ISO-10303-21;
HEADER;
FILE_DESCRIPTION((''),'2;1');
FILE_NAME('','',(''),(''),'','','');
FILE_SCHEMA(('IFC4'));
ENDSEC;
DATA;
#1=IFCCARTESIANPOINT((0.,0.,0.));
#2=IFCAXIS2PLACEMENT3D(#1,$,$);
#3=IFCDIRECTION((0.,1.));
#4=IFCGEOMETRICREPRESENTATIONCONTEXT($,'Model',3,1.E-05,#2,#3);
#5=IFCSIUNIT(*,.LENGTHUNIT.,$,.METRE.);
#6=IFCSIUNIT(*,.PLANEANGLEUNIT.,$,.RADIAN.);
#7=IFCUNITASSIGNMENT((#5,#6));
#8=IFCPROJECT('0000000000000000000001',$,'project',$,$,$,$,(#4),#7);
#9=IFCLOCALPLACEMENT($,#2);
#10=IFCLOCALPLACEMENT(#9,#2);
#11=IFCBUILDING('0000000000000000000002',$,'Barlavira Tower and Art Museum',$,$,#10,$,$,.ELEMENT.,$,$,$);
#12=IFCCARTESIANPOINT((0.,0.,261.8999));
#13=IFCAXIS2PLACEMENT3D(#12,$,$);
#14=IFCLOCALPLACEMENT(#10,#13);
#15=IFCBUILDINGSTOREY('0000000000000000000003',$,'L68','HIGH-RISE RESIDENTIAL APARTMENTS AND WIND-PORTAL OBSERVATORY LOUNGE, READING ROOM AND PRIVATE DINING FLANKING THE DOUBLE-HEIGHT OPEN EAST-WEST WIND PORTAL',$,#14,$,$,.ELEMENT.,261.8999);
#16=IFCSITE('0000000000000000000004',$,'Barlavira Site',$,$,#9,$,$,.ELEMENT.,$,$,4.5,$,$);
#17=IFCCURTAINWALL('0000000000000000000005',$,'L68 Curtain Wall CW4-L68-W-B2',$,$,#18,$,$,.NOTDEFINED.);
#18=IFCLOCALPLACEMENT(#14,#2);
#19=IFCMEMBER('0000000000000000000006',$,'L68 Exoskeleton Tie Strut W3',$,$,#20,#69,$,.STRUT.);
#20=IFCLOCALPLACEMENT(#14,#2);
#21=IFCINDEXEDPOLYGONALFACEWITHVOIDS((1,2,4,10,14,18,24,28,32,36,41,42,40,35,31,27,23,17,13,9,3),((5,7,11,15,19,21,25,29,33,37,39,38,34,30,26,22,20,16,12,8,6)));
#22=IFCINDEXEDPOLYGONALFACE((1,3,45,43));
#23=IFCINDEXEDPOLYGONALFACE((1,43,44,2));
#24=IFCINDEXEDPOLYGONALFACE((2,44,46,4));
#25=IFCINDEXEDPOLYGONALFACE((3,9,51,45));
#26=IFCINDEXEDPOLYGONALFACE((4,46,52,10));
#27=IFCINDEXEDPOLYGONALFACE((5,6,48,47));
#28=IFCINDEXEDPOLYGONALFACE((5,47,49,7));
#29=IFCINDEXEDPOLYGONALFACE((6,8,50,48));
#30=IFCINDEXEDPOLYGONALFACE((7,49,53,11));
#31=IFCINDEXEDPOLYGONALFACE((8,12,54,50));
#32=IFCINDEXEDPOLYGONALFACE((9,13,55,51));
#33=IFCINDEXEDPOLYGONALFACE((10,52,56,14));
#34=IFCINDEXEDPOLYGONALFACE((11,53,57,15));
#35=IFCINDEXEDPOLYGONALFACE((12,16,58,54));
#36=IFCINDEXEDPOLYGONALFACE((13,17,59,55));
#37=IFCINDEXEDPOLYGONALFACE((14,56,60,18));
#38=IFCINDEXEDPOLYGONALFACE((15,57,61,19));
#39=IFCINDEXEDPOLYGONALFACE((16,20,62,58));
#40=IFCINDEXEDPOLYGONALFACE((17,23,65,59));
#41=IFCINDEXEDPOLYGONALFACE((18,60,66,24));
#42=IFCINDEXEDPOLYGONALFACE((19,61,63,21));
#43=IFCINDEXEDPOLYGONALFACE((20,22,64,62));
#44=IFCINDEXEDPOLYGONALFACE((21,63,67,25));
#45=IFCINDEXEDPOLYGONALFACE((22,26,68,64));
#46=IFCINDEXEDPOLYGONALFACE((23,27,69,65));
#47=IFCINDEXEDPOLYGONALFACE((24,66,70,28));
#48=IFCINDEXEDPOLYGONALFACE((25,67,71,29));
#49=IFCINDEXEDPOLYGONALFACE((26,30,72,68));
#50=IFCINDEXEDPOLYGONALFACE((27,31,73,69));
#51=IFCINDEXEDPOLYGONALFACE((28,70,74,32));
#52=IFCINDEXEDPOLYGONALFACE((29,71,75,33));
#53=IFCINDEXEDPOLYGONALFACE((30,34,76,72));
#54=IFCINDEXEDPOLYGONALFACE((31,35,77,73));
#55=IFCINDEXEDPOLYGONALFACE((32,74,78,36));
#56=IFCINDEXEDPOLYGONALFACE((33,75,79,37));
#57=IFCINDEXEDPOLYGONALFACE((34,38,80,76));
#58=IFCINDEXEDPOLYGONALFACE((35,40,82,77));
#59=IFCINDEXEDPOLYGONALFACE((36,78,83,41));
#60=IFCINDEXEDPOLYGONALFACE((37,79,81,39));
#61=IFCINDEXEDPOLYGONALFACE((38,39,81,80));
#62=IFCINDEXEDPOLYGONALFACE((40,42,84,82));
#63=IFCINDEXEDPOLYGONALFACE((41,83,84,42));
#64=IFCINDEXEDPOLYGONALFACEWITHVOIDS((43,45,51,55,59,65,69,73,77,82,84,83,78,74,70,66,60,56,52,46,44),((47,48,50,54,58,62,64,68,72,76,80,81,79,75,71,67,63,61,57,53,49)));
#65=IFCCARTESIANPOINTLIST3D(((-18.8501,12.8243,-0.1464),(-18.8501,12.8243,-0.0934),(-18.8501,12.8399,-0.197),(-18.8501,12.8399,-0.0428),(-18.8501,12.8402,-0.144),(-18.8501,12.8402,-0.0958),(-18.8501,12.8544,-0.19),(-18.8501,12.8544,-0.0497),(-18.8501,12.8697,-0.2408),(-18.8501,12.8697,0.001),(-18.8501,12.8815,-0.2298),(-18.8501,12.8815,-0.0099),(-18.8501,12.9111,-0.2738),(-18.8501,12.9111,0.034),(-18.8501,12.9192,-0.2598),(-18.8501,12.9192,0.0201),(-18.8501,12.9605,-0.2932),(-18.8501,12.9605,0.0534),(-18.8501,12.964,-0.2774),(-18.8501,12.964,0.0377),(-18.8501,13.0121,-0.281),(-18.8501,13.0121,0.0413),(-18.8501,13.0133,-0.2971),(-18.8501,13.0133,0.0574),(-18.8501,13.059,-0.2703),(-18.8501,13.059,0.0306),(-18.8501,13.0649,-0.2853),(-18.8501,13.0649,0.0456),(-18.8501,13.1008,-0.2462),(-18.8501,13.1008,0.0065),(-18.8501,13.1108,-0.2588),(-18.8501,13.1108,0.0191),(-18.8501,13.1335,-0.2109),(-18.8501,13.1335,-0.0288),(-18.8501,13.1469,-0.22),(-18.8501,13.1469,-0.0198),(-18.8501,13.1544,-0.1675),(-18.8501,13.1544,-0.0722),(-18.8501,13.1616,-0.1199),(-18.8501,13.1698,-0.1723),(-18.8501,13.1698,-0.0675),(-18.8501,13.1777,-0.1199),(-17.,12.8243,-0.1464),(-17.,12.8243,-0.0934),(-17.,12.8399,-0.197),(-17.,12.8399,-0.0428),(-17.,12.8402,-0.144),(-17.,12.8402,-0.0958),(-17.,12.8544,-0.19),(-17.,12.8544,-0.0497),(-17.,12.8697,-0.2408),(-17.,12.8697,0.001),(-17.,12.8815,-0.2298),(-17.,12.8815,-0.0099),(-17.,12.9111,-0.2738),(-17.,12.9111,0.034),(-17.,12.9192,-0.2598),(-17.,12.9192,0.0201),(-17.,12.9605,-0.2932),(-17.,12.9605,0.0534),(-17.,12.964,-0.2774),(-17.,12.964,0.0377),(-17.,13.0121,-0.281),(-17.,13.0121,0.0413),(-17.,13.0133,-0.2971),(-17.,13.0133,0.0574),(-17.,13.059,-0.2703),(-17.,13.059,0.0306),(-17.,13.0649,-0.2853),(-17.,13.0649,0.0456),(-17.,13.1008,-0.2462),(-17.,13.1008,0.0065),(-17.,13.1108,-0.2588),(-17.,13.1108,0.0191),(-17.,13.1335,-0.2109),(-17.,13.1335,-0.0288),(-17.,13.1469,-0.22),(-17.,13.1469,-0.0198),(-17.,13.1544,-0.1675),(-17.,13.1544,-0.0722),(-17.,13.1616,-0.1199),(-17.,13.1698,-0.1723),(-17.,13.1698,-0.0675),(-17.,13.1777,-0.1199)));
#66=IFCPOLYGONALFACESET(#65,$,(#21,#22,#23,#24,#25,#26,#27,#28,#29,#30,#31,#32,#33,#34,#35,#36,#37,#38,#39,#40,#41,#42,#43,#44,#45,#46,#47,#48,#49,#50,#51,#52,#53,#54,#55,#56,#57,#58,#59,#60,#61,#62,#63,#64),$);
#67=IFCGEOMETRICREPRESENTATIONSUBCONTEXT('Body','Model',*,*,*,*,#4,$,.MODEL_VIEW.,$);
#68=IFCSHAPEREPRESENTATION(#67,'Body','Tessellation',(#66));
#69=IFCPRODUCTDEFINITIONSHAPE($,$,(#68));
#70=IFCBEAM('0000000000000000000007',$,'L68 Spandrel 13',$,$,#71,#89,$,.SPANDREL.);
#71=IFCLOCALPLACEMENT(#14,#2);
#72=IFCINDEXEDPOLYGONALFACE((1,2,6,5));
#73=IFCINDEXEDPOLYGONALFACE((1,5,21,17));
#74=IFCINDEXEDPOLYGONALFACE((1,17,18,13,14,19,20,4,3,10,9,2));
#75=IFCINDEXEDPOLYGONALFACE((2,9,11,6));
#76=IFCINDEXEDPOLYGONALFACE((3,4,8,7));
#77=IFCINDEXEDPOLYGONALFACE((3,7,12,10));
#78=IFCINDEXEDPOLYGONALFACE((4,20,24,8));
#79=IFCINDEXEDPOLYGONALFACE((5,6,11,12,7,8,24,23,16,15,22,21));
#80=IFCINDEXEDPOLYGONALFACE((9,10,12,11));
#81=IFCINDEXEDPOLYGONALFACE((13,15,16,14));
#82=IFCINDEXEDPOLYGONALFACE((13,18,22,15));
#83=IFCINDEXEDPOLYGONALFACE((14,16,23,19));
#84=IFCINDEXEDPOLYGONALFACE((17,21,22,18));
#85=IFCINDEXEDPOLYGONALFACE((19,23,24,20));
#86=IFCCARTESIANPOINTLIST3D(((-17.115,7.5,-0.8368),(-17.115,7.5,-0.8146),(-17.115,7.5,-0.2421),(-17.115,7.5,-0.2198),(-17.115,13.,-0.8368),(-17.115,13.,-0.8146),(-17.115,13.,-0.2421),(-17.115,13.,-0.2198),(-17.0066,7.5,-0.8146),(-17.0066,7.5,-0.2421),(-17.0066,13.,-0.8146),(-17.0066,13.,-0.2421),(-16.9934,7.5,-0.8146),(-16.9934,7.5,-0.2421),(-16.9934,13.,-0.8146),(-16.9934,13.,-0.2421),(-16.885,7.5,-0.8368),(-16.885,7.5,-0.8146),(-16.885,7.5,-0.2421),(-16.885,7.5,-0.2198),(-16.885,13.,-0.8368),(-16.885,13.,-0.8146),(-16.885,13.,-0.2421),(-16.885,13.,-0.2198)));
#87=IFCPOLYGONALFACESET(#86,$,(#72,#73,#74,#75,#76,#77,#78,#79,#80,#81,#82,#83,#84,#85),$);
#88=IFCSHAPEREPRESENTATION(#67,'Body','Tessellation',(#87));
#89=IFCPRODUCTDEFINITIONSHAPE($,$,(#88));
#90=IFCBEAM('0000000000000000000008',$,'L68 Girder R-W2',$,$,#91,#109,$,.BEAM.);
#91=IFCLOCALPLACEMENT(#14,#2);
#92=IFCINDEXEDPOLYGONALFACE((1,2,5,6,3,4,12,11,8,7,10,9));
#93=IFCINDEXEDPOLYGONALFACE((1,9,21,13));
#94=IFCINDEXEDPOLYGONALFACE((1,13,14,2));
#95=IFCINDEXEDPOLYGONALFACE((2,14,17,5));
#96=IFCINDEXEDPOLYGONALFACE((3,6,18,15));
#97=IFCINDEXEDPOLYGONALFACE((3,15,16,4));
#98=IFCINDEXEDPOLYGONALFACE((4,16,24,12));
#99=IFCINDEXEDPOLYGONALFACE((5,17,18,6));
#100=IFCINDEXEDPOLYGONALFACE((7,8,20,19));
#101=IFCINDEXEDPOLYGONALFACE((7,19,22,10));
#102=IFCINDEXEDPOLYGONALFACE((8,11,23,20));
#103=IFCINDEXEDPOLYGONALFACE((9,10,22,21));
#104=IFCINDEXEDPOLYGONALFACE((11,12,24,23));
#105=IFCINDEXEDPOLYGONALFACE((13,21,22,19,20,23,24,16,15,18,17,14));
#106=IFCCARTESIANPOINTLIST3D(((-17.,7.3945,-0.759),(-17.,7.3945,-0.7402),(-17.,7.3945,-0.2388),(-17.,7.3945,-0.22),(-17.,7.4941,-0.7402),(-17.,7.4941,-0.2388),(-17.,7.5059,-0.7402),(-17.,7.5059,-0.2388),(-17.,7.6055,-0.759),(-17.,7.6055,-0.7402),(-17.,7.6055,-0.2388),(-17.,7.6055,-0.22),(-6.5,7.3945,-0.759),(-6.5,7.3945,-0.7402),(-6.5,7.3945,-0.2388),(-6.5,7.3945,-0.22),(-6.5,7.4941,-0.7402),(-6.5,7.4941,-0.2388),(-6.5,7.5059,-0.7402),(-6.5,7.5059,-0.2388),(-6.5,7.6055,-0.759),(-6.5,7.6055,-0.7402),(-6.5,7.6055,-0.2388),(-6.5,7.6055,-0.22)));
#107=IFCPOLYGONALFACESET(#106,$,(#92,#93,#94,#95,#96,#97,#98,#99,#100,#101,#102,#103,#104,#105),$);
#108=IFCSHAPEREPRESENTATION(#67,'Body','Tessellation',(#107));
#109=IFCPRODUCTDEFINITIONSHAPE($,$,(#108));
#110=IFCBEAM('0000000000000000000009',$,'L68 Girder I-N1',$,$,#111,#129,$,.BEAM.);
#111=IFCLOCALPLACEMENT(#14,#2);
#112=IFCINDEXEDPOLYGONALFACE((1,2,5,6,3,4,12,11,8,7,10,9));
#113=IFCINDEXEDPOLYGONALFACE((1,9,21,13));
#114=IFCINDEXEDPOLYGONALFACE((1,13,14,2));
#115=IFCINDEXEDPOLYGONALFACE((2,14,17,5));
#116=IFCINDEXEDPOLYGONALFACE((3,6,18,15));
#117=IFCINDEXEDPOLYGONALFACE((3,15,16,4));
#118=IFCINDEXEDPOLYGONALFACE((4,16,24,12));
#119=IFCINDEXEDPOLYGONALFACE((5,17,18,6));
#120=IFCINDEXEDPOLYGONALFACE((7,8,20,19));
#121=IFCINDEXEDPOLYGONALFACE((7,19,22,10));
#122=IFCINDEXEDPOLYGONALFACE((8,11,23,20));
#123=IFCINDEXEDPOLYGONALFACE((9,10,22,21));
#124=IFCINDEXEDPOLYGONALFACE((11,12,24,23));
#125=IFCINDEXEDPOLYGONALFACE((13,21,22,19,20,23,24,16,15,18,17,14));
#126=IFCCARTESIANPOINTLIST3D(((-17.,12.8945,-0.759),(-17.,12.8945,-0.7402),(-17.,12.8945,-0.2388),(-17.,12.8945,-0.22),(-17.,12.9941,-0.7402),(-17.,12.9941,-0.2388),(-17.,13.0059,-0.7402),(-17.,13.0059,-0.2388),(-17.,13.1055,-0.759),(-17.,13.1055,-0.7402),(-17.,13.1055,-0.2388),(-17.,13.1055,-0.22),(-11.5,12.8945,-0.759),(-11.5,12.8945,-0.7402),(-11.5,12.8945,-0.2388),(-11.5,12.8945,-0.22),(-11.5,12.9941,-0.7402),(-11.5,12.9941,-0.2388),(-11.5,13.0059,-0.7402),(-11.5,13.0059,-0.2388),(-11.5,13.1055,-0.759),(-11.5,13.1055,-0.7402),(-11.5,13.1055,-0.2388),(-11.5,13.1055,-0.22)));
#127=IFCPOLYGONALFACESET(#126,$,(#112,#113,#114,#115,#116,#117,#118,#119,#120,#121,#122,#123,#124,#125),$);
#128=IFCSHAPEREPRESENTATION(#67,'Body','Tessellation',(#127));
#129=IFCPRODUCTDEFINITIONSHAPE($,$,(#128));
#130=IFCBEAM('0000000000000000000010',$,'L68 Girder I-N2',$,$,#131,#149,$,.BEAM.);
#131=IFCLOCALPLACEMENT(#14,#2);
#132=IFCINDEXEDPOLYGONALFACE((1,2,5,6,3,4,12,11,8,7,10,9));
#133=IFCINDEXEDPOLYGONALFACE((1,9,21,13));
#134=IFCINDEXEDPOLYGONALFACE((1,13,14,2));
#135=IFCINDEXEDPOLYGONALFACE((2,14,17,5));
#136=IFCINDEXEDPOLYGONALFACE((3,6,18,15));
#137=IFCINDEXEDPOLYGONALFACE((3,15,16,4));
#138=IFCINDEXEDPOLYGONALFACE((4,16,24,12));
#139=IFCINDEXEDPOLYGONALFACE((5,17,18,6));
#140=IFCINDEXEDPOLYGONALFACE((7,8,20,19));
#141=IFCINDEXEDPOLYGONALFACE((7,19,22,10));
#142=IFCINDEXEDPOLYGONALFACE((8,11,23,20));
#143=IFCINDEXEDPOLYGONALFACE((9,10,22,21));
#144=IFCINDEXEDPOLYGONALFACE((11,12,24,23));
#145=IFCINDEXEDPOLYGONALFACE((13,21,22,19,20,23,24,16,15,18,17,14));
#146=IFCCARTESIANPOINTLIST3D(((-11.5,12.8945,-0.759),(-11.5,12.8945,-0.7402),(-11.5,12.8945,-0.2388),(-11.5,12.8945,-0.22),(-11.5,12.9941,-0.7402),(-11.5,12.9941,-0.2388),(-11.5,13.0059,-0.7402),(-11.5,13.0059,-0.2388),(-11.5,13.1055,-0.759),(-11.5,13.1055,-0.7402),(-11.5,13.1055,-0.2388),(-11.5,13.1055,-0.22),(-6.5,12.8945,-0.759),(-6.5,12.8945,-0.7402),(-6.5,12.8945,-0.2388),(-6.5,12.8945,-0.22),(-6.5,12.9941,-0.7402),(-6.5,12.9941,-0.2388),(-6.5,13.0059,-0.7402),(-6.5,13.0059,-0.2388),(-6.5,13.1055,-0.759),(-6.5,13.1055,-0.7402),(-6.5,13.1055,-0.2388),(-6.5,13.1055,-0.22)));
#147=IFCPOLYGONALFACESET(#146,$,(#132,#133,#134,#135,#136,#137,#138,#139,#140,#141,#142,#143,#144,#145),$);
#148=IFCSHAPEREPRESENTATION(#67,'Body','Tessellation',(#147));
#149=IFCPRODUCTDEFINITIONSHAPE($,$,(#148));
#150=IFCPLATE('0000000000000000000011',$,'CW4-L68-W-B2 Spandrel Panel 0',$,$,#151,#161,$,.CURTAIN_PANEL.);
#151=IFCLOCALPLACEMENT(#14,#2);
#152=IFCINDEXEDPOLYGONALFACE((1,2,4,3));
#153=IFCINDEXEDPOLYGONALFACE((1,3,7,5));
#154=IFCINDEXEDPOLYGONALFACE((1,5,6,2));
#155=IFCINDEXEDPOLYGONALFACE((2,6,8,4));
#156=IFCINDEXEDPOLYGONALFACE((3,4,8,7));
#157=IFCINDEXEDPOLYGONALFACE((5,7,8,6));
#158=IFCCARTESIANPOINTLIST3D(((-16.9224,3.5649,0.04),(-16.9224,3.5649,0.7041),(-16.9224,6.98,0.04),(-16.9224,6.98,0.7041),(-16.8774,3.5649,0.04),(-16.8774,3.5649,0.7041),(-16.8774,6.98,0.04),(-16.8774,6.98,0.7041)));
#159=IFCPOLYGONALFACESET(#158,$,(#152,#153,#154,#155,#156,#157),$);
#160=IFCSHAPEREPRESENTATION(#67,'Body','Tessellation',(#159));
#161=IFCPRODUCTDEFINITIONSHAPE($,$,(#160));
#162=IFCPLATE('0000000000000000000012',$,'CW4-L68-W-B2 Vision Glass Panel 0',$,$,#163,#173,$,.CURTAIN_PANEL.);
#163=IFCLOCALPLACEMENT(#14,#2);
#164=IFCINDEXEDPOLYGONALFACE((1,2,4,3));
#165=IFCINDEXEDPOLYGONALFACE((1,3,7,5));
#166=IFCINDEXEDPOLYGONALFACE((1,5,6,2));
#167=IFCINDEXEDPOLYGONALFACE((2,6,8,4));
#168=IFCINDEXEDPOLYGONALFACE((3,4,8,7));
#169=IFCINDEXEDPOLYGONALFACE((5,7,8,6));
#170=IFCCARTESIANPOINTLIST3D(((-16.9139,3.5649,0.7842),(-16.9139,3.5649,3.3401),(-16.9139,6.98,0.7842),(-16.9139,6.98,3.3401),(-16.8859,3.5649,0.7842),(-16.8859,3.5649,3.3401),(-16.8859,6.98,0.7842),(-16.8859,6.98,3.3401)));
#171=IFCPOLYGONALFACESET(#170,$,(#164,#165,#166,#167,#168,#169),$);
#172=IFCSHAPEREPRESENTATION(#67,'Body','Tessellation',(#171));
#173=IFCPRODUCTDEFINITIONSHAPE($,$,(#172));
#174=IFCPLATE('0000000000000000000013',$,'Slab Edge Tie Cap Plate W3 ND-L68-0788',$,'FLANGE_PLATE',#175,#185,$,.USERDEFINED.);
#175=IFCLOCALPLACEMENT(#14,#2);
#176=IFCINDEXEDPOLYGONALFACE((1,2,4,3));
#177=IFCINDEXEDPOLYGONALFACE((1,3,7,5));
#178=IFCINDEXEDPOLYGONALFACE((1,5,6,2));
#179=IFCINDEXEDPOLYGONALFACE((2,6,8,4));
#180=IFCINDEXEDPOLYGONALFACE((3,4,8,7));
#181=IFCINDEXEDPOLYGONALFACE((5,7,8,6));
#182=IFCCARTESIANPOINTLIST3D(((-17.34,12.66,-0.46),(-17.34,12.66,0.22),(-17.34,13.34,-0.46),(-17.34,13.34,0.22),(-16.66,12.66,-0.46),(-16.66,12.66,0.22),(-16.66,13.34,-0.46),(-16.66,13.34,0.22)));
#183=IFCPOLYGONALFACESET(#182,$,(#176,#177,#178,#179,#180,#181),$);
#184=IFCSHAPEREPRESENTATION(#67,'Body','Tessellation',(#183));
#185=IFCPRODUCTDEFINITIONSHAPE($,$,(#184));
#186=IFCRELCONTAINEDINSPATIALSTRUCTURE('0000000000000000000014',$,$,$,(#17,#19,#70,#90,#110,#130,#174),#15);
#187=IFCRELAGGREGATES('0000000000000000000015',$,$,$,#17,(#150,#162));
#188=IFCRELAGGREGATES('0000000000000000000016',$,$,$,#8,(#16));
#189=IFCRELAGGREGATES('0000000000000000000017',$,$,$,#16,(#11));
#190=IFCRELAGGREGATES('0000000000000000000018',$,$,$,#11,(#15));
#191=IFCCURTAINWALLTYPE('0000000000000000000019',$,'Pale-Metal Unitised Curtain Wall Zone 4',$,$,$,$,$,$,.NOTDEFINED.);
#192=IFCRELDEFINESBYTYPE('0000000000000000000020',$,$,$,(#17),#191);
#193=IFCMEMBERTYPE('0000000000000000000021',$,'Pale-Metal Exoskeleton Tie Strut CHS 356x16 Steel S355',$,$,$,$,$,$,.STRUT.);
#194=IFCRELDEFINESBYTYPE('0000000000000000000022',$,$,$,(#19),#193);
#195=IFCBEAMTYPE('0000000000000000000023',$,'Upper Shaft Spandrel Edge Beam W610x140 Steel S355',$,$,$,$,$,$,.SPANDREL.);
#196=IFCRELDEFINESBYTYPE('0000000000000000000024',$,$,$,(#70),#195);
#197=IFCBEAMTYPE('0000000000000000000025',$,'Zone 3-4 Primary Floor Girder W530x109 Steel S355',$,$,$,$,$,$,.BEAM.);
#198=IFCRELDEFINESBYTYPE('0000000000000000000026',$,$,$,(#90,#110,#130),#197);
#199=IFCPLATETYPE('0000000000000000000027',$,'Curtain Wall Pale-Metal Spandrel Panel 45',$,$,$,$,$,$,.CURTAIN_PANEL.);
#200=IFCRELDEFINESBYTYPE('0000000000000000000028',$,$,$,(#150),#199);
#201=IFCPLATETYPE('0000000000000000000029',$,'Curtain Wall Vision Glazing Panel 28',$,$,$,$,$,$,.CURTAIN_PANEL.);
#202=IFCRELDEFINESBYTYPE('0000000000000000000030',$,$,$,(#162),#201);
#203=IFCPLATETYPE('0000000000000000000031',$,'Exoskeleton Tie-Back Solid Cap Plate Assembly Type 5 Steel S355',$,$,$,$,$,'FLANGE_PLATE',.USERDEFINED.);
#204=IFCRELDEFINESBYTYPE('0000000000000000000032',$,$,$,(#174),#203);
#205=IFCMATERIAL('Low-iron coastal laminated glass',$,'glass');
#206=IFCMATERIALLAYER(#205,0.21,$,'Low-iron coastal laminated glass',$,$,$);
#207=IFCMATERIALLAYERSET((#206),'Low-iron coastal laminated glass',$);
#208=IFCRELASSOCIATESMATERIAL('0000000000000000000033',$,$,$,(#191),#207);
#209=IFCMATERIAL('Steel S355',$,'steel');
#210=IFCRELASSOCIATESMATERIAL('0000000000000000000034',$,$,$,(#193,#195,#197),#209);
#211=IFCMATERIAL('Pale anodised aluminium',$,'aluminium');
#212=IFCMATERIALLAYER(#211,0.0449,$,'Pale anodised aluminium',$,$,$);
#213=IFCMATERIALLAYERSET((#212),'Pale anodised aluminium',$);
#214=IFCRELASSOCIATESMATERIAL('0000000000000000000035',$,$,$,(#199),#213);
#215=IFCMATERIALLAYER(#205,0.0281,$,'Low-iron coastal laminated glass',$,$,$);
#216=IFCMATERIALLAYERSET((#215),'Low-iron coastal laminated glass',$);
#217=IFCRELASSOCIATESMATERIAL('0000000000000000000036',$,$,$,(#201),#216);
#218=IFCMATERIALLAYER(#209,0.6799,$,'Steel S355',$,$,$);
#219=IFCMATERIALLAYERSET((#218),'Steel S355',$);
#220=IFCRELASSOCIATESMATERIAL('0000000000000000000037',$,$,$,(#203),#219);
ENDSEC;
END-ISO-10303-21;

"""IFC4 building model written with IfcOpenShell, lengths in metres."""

from ifc_helpers import new_model, si_unit, direction, frame, origin, origin_2d, place, context, subcontext, project, spatial, rectangle, hollow_circle, i_section, extrude, material, layer, layer_set, material_profile, profile_set, type_object, element, aggregate, save


model = new_model("IFC4")

# Units and contexts
model_context = context("Model", 3, precision=1e-05, world=origin(), true_north=direction((0.0, 1.0)))
body_context = subcontext(model_context, "Body", "Model", "MODEL_VIEW")
ifc_project = project(units=[si_unit("LENGTHUNIT", "METRE"), si_unit("PLANEANGLEUNIT", "RADIAN")], contexts=[model_context])

# Site, building, storey
site_placement = place(None, origin())
site = spatial("IfcSite", under=ifc_project, at=site_placement, Name="Barlavira Site", CompositionType="ELEMENT", RefElevation=4.5)
building_placement = place(site_placement, origin())
building = spatial("IfcBuilding", under=site, at=building_placement, Name="Barlavira Tower and Art Museum", CompositionType="ELEMENT")
storey_placement = place(building_placement, frame((0.0, 0.0, 261.8999)))
storey = spatial("IfcBuildingStorey", under=building, at=storey_placement, Name="L68", Description="HIGH-RISE RESIDENTIAL APARTMENTS AND WIND-PORTAL OBSERVATORY LOUNGE, READING ROOM AND PRIVATE DINING FLANKING THE DOUBLE-HEIGHT OPEN EAST-WEST WIND PORTAL", CompositionType="ELEMENT", Elevation=261.8999)

# Curtain wall
ifc_material_1 = material(Name="Low-iron coastal laminated glass", Category="glass")
ifc_layer_1 = layer(ifc_material_1, 0.21, Name="Low-iron coastal laminated glass")
ifc_layer_set_1 = layer_set([ifc_layer_1], Name="Low-iron coastal laminated glass")
curtain_wall_type = type_object("IfcCurtainWallType", Name="Pale-Metal Unitised Curtain Wall Zone 4", PredefinedType="NOTDEFINED", material=ifc_layer_set_1)
curtain_wall_placement = place(storey_placement, origin())
curtain_wall = element("IfcCurtainWall", 1, at=curtain_wall_placement, inside=storey, type_object=curtain_wall_type, Name="L68 Curtain Wall CW4-L68-W-B2", PredefinedType="NOTDEFINED")
ifc_material_2 = material(Name="Pale anodised aluminium", Category="aluminium")

# Member
ifc_material_3 = material(Name="Steel S355", Category="steel")
ifc_material_profile_1 = material_profile(ifc_material_3, hollow_circle(Radius=0.1777, WallThickness=0.0161, at=origin_2d()), Name="CHS 355.6x16.0")
ifc_profile_set_1 = profile_set([ifc_material_profile_1], Name="Steel S355")
member_type_1 = type_object("IfcMemberType", Name="Pale-Metal Exoskeleton Tie Strut CHS 356x16 Steel S355", PredefinedType="STRUT", material=ifc_profile_set_1)
member_1_placement = place(storey_placement, frame((-18.8501, 13.0, -0.1199), z_axis=(1.0, 0.0, 0.0), x_axis=(0.0, 1.0, 0.0)))
element("IfcMember", 2, at=member_1_placement, inside=storey, type_object=member_type_1, Name="L68 Exoskeleton Tie Strut W3", PredefinedType="STRUT", context=body_context, shape_type="SweptSolid", body=[
    extrude(hollow_circle(Radius=0.1777, WallThickness=0.0161, at=origin_2d()), origin(), (0.0, 0.0, 1.0), 1.8501),
])

# Beams
ifc_material_profile_2 = material_profile(ifc_material_3, i_section(OverallWidth=0.23, OverallDepth=0.6169, WebThickness=0.0132, FlangeThickness=0.0222, at=origin_2d()), Name="W610x140.0")
ifc_profile_set_2 = profile_set([ifc_material_profile_2], Name="Steel S355")
beam_type_1 = type_object("IfcBeamType", Name="Upper Shaft Spandrel Edge Beam W610x140 Steel S355", PredefinedType="SPANDREL", material=ifc_profile_set_2)
beam_1_placement = place(storey_placement, frame((-17.0, 7.5, -0.5283), z_axis=(0.0, 1.0, 0.0), x_axis=(-1.0, 0.0, 0.0)))
element("IfcBeam", 3, at=beam_1_placement, inside=storey, type_object=beam_type_1, Name="L68 Spandrel 13", PredefinedType="SPANDREL", context=body_context, shape_type="SweptSolid", body=[
    extrude(i_section(OverallWidth=0.23, OverallDepth=0.6169, WebThickness=0.0132, FlangeThickness=0.0222, at=origin_2d()), origin(), (0.0, 0.0, 1.0), 5.5),
])
ifc_material_profile_3 = material_profile(ifc_material_3, i_section(OverallWidth=0.2109, OverallDepth=0.5391, WebThickness=0.0117, FlangeThickness=0.0188, at=origin_2d()), Name="W530x109.0")
ifc_profile_set_3 = profile_set([ifc_material_profile_3], Name="Steel S355")
beam_type_2 = type_object("IfcBeamType", Name="Zone 3-4 Primary Floor Girder W530x109 Steel S355", PredefinedType="BEAM", material=ifc_profile_set_3)
beam_2_placement = place(storey_placement, frame((-17.0, 7.5, -0.4895), z_axis=(1.0, 0.0, 0.0), x_axis=(0.0, 1.0, 0.0)))
element("IfcBeam", 4, at=beam_2_placement, inside=storey, type_object=beam_type_2, Name="L68 Girder R-W2", PredefinedType="BEAM", context=body_context, shape_type="SweptSolid", body=[
    extrude(i_section(OverallWidth=0.2109, OverallDepth=0.5391, WebThickness=0.0117, FlangeThickness=0.0188, at=origin_2d()), origin(), (0.0, 0.0, 1.0), 10.5),
])
beam_3_placement = place(storey_placement, frame((-17.0, 13.0, -0.4895), z_axis=(1.0, 0.0, 0.0), x_axis=(0.0, 1.0, 0.0)))
element("IfcBeam", 5, at=beam_3_placement, inside=storey, type_object=beam_type_2, Name="L68 Girder I-N1", PredefinedType="BEAM", context=body_context, shape_type="SweptSolid", body=[
    extrude(i_section(OverallWidth=0.2109, OverallDepth=0.5391, WebThickness=0.0117, FlangeThickness=0.0188, at=origin_2d()), origin(), (0.0, 0.0, 1.0), 5.5),
])
beam_4_placement = place(storey_placement, frame((-11.5, 13.0, -0.4895), z_axis=(1.0, 0.0, 0.0), x_axis=(0.0, 1.0, 0.0)))
element("IfcBeam", 6, at=beam_4_placement, inside=storey, type_object=beam_type_2, Name="L68 Girder I-N2", PredefinedType="BEAM", context=body_context, shape_type="SweptSolid", body=[
    extrude(i_section(OverallWidth=0.2109, OverallDepth=0.5391, WebThickness=0.0117, FlangeThickness=0.0188, at=origin_2d()), origin(), (0.0, 0.0, 1.0), 5.0),
])

# Plates
ifc_layer_2 = layer(ifc_material_2, 0.0449, Name="Pale anodised aluminium")
ifc_layer_set_2 = layer_set([ifc_layer_2], Name="Pale anodised aluminium")
plate_type_1 = type_object("IfcPlateType", Name="Curtain Wall Pale-Metal Spandrel Panel 45", PredefinedType="CURTAIN_PANEL", material=ifc_layer_set_2)
plate_1_placement = place(storey_placement, frame((-16.8999, 5.2725, 0.04), z_axis=(0.0, 0.0, 1.0), x_axis=(0.0, -1.0, 0.0)))
plate_1 = element("IfcPlate", 7, at=plate_1_placement, type_object=plate_type_1, Name="CW4-L68-W-B2 Spandrel Panel 0", PredefinedType="CURTAIN_PANEL", context=body_context, shape_type="SweptSolid", body=[
    extrude(rectangle(XDim=3.415, YDim=0.0449, at=origin_2d()), origin(), (0.0, 0.0, 1.0), 0.6641),
])
ifc_layer_3 = layer(ifc_material_1, 0.0281, Name="Low-iron coastal laminated glass")
ifc_layer_set_3 = layer_set([ifc_layer_3], Name="Low-iron coastal laminated glass")
plate_type_2 = type_object("IfcPlateType", Name="Curtain Wall Vision Glazing Panel 28", PredefinedType="CURTAIN_PANEL", material=ifc_layer_set_3)
plate_2_placement = place(storey_placement, frame((-16.8999, 5.2725, 0.7842), z_axis=(0.0, 0.0, 1.0), x_axis=(0.0, -1.0, 0.0)))
plate_2 = element("IfcPlate", 8, at=plate_2_placement, type_object=plate_type_2, Name="CW4-L68-W-B2 Vision Glass Panel 0", PredefinedType="CURTAIN_PANEL", context=body_context, shape_type="SweptSolid", body=[
    extrude(rectangle(XDim=3.415, YDim=0.0281, at=origin_2d()), origin(), (0.0, 0.0, 1.0), 2.5559),
])
aggregate(curtain_wall, [plate_1, plate_2])
ifc_layer_4 = layer(ifc_material_3, 0.6799, Name="Steel S355")
ifc_layer_set_4 = layer_set([ifc_layer_4], Name="Steel S355")
plate_type_3 = type_object("IfcPlateType", Name="Exoskeleton Tie-Back Solid Cap Plate Assembly Type 5 Steel S355", ElementType="FLANGE_PLATE", PredefinedType="USERDEFINED", material=ifc_layer_set_4)
plate_3_placement = place(storey_placement, frame((-17.0, 13.0, -0.46), z_axis=(0.0, 0.0, 1.0), x_axis=(1.0, 0.0, 0.0)))
element("IfcPlate", 9, at=plate_3_placement, inside=storey, type_object=plate_type_3, Name="Slab Edge Tie Cap Plate W3 ND-L68-0788", ObjectType="FLANGE_PLATE", PredefinedType="USERDEFINED", context=body_context, shape_type="SweptSolid", body=[
    extrude(rectangle(XDim=0.6799, YDim=0.6799, at=origin_2d()), origin(), (0.0, 0.0, 1.0), 0.6799),
])

save(model, "model.ifc")
